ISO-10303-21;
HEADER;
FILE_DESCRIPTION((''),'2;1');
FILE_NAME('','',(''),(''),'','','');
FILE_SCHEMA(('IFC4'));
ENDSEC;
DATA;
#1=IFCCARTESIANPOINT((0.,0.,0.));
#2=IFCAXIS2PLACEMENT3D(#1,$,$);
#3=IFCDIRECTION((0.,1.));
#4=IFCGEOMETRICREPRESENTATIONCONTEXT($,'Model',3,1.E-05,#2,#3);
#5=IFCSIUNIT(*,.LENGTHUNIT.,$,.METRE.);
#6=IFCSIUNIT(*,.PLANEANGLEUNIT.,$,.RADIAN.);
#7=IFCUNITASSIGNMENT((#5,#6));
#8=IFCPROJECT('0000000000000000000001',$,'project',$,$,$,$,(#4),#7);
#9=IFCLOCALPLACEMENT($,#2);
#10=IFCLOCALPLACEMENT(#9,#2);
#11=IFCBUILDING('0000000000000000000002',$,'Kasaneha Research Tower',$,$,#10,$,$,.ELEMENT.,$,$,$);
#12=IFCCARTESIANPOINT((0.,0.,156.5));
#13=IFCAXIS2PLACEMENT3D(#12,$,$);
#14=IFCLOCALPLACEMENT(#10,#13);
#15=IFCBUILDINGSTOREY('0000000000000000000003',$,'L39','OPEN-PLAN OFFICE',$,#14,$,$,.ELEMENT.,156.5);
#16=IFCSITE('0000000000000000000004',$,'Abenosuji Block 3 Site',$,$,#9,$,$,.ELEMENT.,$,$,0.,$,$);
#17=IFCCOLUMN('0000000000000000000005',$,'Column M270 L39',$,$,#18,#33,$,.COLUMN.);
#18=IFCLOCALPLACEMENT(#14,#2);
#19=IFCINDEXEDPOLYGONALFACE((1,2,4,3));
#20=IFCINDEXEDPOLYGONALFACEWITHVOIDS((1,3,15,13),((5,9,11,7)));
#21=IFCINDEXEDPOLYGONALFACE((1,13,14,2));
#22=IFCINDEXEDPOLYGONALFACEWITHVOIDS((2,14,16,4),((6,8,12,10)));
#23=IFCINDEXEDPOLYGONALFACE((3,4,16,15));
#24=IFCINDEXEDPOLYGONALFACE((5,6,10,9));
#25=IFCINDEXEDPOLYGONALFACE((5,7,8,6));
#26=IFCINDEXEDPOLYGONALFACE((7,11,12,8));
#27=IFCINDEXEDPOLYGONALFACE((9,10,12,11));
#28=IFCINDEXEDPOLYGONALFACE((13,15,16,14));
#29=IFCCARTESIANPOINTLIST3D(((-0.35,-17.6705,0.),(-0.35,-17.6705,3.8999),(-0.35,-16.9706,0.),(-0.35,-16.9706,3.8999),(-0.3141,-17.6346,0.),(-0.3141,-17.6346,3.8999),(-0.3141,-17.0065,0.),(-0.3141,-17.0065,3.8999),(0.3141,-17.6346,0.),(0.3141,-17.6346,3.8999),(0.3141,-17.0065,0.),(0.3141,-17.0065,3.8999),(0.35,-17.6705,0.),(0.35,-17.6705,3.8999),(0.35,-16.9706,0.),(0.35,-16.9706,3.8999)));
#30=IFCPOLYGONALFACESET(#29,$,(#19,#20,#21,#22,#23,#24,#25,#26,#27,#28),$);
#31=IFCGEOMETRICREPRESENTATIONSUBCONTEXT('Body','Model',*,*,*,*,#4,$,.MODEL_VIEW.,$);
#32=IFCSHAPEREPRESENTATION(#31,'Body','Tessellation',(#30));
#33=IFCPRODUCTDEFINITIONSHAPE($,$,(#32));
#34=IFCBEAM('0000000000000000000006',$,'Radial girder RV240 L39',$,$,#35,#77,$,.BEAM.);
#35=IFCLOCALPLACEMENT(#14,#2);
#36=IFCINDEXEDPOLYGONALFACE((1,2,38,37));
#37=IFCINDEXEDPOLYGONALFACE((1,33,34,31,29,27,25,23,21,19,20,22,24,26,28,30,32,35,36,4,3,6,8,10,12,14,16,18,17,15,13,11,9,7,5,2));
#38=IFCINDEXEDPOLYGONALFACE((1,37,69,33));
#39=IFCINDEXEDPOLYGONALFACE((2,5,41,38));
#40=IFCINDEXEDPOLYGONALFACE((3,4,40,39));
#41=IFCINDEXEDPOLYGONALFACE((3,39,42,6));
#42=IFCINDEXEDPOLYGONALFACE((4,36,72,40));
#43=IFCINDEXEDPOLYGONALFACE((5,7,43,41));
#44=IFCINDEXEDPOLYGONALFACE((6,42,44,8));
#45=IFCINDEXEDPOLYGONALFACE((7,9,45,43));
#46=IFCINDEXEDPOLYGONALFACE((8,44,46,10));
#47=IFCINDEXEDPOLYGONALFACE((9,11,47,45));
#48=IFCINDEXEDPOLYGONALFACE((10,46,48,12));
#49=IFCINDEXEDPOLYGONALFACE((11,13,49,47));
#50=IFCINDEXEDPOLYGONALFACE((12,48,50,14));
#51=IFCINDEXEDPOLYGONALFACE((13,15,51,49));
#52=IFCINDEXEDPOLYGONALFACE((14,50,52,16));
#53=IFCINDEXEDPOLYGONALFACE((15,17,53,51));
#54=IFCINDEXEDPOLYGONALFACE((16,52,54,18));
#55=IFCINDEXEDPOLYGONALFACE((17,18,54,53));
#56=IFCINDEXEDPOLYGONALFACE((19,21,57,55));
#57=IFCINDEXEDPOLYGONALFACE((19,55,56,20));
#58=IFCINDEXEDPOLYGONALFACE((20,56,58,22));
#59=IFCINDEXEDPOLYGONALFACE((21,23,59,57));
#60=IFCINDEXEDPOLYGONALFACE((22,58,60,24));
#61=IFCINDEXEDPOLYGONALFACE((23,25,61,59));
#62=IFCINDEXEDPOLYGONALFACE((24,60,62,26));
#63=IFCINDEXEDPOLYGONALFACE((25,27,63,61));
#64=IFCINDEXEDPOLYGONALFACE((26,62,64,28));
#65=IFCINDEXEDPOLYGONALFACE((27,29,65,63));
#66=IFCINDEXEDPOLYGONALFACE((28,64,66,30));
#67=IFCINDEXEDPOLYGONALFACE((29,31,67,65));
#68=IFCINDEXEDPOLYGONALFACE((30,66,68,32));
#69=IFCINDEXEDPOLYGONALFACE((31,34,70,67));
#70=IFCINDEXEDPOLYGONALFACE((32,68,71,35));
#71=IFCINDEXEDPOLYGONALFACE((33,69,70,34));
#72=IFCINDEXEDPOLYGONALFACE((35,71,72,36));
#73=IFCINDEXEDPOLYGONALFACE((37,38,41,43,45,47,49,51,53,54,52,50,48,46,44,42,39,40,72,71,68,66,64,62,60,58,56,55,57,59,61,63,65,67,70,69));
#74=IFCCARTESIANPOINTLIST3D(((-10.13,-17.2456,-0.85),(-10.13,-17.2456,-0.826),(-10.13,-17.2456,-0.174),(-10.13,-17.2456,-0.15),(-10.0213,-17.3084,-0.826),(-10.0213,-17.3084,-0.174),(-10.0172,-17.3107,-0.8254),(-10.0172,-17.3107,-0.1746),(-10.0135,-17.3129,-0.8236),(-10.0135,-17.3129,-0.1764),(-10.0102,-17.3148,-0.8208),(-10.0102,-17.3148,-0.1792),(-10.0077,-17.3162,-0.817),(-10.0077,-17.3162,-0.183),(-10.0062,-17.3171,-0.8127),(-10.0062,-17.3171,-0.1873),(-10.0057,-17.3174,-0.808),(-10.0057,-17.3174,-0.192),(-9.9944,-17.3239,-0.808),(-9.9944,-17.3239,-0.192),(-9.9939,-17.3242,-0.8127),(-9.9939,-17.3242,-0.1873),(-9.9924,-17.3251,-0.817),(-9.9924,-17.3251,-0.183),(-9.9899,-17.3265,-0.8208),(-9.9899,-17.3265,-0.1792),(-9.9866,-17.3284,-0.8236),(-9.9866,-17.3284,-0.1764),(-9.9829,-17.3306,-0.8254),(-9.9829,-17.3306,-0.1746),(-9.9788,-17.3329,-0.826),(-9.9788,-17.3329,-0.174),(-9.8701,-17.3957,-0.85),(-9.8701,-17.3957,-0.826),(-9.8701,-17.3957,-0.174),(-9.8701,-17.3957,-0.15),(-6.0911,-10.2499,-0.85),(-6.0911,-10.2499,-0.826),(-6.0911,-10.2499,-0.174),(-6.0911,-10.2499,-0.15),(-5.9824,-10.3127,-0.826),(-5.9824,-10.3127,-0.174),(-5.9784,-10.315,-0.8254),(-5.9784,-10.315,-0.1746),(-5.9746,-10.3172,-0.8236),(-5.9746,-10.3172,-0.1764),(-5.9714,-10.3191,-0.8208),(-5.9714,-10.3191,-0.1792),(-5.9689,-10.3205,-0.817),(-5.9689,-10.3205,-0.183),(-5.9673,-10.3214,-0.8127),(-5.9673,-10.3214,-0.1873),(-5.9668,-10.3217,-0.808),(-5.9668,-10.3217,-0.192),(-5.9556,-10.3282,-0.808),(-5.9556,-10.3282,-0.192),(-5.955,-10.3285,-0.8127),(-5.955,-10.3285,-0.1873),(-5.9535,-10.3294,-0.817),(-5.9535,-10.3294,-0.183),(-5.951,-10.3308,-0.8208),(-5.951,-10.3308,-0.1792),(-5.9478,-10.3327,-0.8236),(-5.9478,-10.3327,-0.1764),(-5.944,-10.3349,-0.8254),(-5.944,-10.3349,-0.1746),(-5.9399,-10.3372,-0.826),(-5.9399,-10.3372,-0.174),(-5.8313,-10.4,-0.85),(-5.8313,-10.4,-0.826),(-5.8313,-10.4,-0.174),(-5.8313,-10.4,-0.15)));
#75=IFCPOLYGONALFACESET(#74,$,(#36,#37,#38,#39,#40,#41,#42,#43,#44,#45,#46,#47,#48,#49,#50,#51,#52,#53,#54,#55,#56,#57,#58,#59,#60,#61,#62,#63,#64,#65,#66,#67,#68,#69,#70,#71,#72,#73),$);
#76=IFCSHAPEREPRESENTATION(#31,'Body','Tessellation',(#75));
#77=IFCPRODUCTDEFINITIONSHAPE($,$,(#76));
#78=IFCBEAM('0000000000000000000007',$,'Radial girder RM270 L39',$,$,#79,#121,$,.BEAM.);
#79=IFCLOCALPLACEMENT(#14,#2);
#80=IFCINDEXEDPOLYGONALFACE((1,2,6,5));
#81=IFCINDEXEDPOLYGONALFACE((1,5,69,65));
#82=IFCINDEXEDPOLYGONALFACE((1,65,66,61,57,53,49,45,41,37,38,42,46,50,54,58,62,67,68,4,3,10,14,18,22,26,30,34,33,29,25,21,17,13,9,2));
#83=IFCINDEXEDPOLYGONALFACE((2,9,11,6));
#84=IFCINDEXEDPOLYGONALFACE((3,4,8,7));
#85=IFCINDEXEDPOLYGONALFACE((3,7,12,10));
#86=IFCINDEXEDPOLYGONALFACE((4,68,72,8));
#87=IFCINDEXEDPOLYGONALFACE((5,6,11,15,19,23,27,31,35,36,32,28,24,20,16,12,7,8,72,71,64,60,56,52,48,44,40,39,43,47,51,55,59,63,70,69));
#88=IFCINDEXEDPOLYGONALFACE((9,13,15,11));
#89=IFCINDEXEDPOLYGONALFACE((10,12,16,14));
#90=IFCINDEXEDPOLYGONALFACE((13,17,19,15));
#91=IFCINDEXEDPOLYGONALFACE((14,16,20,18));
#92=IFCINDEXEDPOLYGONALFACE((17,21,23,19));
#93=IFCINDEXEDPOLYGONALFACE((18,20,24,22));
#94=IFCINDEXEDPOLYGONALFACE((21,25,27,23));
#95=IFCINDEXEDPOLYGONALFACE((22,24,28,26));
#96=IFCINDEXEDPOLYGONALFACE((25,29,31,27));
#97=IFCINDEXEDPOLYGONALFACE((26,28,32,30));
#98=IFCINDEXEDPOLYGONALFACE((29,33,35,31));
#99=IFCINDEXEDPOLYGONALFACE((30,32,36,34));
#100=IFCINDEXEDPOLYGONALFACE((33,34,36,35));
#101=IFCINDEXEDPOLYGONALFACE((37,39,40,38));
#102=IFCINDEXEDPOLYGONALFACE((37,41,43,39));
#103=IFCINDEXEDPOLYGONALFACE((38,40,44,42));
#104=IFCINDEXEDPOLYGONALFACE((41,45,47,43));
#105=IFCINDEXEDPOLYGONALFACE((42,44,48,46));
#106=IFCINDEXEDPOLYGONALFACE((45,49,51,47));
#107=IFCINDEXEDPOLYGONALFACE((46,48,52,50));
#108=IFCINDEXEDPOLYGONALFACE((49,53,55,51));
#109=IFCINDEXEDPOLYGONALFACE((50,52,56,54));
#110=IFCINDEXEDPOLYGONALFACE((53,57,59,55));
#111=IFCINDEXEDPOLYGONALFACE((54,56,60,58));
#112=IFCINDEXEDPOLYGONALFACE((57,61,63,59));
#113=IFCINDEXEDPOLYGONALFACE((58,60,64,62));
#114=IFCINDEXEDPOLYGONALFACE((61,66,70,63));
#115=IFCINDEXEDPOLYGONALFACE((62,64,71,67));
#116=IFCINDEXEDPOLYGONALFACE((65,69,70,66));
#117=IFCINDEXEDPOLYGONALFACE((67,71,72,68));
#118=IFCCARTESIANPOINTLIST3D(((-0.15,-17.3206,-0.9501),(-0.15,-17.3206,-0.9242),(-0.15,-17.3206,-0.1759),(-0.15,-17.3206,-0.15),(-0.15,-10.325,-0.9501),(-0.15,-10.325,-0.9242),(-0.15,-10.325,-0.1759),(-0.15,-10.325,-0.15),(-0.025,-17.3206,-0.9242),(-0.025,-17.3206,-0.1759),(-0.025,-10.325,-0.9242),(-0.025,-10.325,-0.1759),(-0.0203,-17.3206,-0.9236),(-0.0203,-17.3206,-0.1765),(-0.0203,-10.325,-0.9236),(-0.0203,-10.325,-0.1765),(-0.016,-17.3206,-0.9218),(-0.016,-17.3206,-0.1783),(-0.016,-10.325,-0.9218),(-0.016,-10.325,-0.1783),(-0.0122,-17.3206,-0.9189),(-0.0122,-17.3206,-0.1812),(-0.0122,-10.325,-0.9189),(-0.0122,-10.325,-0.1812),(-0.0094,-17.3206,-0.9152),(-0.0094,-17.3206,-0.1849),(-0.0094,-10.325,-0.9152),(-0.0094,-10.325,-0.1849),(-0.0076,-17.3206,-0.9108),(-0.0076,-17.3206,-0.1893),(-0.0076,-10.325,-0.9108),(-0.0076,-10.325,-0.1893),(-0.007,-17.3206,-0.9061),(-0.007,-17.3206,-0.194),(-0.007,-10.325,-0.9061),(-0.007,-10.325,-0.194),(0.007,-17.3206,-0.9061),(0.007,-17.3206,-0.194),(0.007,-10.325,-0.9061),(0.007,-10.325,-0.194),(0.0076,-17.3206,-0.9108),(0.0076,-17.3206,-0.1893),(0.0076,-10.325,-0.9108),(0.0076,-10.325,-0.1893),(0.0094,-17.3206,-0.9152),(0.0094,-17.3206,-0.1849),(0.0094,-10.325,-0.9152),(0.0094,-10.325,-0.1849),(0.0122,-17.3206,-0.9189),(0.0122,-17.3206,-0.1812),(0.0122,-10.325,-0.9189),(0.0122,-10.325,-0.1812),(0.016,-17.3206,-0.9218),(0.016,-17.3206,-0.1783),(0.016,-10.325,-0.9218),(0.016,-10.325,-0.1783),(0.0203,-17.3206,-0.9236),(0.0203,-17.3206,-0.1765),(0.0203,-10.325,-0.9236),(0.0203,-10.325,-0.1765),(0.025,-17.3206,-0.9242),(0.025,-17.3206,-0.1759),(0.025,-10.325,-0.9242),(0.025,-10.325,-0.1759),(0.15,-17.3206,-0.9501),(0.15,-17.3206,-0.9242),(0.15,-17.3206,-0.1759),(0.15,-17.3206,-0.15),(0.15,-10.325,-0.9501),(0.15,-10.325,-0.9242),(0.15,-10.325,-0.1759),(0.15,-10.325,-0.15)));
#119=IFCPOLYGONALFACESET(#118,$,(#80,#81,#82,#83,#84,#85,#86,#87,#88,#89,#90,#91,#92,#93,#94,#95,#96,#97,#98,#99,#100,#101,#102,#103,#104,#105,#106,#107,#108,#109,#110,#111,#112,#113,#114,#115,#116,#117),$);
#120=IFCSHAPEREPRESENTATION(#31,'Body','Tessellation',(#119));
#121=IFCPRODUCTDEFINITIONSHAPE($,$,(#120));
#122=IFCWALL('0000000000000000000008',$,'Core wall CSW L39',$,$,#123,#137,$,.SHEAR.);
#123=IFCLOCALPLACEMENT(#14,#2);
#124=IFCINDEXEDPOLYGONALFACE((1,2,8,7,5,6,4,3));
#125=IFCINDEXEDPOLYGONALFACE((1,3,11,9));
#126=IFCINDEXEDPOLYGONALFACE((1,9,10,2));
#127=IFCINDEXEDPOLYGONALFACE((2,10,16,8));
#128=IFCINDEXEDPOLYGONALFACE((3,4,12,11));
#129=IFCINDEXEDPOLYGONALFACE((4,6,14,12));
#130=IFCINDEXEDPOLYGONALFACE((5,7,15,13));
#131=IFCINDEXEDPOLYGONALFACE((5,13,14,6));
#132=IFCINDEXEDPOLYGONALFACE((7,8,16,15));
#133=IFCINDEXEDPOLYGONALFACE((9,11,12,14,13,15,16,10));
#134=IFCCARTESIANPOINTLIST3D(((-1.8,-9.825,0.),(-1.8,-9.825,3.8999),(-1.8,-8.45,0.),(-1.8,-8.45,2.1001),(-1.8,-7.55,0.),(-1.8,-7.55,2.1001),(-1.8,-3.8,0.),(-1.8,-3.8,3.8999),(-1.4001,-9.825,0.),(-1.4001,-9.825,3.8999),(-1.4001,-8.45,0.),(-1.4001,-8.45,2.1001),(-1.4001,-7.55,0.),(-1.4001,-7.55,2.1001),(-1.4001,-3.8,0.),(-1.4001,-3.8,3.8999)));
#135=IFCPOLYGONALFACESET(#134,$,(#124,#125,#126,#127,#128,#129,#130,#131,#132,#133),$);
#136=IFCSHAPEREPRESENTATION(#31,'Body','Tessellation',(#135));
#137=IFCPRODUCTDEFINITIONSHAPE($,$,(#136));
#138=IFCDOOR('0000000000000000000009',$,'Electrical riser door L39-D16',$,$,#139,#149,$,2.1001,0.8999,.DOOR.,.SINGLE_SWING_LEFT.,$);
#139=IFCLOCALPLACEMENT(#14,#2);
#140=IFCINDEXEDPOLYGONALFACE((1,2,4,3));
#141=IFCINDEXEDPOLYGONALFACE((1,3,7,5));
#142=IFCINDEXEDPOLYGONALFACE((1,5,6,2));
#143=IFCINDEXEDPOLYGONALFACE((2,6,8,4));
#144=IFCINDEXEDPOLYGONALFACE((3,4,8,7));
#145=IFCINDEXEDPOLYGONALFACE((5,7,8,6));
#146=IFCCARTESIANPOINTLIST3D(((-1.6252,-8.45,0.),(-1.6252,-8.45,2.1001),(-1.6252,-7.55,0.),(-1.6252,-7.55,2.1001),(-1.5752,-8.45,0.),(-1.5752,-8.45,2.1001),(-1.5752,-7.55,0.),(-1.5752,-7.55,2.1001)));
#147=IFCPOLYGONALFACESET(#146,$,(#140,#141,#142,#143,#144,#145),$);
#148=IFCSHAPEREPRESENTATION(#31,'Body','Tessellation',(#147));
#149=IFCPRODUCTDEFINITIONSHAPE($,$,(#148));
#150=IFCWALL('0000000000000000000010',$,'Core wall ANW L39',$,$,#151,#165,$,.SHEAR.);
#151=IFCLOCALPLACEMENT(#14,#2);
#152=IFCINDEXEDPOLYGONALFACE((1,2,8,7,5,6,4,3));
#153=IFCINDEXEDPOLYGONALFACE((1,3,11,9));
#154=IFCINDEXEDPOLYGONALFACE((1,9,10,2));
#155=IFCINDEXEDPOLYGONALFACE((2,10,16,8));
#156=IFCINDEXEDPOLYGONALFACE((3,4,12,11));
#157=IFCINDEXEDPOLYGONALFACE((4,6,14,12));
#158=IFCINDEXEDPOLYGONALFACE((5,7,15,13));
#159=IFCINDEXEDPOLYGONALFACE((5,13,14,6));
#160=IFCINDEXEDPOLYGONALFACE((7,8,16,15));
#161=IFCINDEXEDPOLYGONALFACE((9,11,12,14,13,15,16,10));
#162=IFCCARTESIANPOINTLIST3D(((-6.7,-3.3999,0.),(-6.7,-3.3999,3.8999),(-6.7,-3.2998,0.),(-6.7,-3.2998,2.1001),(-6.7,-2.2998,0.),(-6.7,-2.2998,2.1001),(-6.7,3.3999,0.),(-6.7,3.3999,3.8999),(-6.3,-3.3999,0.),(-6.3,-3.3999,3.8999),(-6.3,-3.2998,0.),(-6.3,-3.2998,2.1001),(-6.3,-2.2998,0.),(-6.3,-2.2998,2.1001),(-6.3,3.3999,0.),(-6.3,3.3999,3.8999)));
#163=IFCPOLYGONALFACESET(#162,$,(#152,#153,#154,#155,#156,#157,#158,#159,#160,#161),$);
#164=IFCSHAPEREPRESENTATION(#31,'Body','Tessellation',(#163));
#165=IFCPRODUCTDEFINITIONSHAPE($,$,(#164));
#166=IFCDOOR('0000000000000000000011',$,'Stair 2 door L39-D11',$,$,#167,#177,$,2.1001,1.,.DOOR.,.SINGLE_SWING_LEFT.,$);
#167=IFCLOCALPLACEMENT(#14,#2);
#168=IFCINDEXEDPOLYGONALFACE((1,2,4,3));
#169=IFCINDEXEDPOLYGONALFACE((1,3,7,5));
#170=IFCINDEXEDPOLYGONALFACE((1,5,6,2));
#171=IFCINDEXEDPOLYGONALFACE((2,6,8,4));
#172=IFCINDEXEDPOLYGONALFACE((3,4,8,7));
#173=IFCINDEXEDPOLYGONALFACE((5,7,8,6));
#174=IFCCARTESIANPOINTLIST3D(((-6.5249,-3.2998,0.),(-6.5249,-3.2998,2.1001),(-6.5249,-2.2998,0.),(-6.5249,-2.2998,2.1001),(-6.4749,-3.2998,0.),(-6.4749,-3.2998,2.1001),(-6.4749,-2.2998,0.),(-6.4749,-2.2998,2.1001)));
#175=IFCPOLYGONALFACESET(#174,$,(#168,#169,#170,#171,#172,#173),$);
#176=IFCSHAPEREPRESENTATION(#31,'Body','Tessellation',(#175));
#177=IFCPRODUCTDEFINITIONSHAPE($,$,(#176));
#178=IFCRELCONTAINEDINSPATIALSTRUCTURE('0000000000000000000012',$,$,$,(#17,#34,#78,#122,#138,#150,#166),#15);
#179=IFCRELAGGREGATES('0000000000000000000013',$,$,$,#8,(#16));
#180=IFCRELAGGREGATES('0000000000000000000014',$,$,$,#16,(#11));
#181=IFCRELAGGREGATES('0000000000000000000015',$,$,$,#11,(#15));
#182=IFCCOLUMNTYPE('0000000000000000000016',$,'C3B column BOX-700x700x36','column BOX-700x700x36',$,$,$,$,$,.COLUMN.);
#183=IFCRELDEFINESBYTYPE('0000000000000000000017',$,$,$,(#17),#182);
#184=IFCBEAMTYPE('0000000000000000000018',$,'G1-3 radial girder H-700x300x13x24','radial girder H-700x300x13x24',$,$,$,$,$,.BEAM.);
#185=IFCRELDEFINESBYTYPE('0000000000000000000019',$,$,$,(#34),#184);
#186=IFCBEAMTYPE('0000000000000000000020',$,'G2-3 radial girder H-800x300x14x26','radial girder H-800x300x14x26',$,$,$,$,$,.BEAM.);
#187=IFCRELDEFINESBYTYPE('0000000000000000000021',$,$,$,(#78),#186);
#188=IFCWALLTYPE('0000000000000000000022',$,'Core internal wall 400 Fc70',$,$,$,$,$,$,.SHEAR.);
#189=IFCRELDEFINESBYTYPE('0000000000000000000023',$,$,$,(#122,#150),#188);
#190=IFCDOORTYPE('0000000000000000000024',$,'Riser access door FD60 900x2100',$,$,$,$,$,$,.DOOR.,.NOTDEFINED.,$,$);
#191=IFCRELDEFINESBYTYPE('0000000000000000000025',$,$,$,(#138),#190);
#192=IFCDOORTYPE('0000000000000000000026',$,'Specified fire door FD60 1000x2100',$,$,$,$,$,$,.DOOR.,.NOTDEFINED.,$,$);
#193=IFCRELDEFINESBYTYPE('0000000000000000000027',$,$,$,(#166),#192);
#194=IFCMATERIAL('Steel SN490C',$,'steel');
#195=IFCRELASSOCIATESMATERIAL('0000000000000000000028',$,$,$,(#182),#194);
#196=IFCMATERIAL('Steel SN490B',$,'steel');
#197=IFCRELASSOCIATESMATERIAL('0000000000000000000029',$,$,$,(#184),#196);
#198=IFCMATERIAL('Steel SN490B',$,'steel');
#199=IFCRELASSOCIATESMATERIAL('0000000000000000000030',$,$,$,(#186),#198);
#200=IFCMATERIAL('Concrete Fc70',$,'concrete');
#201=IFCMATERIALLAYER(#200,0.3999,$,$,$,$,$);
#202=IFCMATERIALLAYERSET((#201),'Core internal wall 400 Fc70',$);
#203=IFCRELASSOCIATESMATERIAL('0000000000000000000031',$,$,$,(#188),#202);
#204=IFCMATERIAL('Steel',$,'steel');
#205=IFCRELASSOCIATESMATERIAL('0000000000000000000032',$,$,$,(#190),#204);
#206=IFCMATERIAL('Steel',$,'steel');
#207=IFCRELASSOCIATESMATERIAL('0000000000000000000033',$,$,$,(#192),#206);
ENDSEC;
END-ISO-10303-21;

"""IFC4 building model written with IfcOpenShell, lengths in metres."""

from ifc_helpers import new_model, si_unit, direction, frame, frame_2d, origin, origin_2d, place, context, subcontext, project, spatial, rectangle, hollow_rectangle, i_section, extrude, material, layer, layer_set, material_profile, profile_set, type_object, element, fill, save


model = new_model("IFC4")

# Units and contexts
model_context = context("Model", 3, precision=1e-05, world=origin(), true_north=direction((0.0, 1.0)))
body_context = subcontext(model_context, "Body", "Model", "MODEL_VIEW")
ifc_project = project(units=[si_unit("LENGTHUNIT", "METRE"), si_unit("PLANEANGLEUNIT", "RADIAN")], contexts=[model_context])

# Site, building, storey
site_placement = place(None, origin())
site = spatial("IfcSite", under=ifc_project, at=site_placement, Name="Abenosuji Block 3 Site", CompositionType="ELEMENT", RefElevation=0.0)
building_placement = place(site_placement, origin())
building = spatial("IfcBuilding", under=site, at=building_placement, Name="Kasaneha Research Tower", CompositionType="ELEMENT")
storey_placement = place(building_placement, frame((0.0, 0.0, 156.5)))
storey = spatial("IfcBuildingStorey", under=building, at=storey_placement, Name="L39", Description="OPEN-PLAN OFFICE", CompositionType="ELEMENT", Elevation=156.5)

# Column
ifc_material_1 = material(Name="Steel SN490C", Category="steel")
ifc_material_profile_1 = material_profile(ifc_material_1, hollow_rectangle(XDim=0.7, YDim=0.7, WallThickness=0.0359, at=origin_2d()), Name="BOX-700x700x36")
ifc_profile_set_1 = profile_set([ifc_material_profile_1], Name="Steel SN490C")
column_type = type_object("IfcColumnType", Name="C3B column BOX-700x700x36", Description="column BOX-700x700x36", PredefinedType="COLUMN", material=ifc_profile_set_1)
column_placement = place(storey_placement, frame((0.0, -17.3206, 0.0), z_axis=(0.0, 0.0, 1.0), x_axis=(1.0, 0.0, 0.0)))
element("IfcColumn", 1, at=column_placement, inside=storey, type_object=column_type, Name="Column M270 L39", PredefinedType="COLUMN", context=body_context, shape_type="SweptSolid", body=[
    extrude(hollow_rectangle(XDim=0.7, YDim=0.7, WallThickness=0.0359, at=origin_2d()), origin(), (0.0, 0.0, 1.0), 3.8999),
])

# Beams
ifc_material_2 = material(Name="Steel SN490B", Category="steel")
ifc_material_profile_2 = material_profile(ifc_material_2, i_section(OverallWidth=0.3, OverallDepth=0.7, WebThickness=0.0129, FlangeThickness=0.0239, FilletRadius=0.0181, at=origin_2d()), Name="H-700x300x13x24")
ifc_profile_set_2 = profile_set([ifc_material_profile_2], Name="Steel SN490B")
beam_type_1 = type_object("IfcBeamType", Name="G1-3 radial girder H-700x300x13x24", Description="radial girder H-700x300x13x24", PredefinedType="BEAM", material=ifc_profile_set_2)
beam_1_placement = place(storey_placement, frame((-5.9612, -10.325, -0.5), z_axis=(-0.499991, -0.866031, 0.0), x_axis=(0.866031, -0.499991, 0.0)))
element("IfcBeam", 2, at=beam_1_placement, inside=storey, type_object=beam_type_1, Name="Radial girder RV240 L39", PredefinedType="BEAM", context=body_context, shape_type="SweptSolid", body=[
    extrude(i_section(OverallWidth=0.3, OverallDepth=0.7, WebThickness=0.0129, FlangeThickness=0.0239, FilletRadius=0.0181, at=origin_2d()), origin(), (0.0, 0.0, 1.0), 8.0779),
])
ifc_material_3 = material(Name="Steel SN490B", Category="steel")
ifc_material_profile_3 = material_profile(ifc_material_3, i_section(OverallWidth=0.3, OverallDepth=0.8, WebThickness=0.0139, FlangeThickness=0.0259, FilletRadius=0.0181, at=origin_2d()), Name="H-800x300x14x26")
ifc_profile_set_3 = profile_set([ifc_material_profile_3], Name="Steel SN490B")
beam_type_2 = type_object("IfcBeamType", Name="G2-3 radial girder H-800x300x14x26", Description="radial girder H-800x300x14x26", PredefinedType="BEAM", material=ifc_profile_set_3)
beam_2_placement = place(storey_placement, frame((0.0, -10.325, -0.55), z_axis=(0.0, -1.0, 0.0), x_axis=(1.0, 0.0, 0.0)))
element("IfcBeam", 3, at=beam_2_placement, inside=storey, type_object=beam_type_2, Name="Radial girder RM270 L39", PredefinedType="BEAM", context=body_context, shape_type="SweptSolid", body=[
    extrude(i_section(OverallWidth=0.3, OverallDepth=0.8, WebThickness=0.0139, FlangeThickness=0.0259, FilletRadius=0.0181, at=origin_2d()), origin(), (0.0, 0.0, 1.0), 6.9956),
])

# Walls, openings, doors
ifc_material_4 = material(Name="Concrete Fc70", Category="concrete")
ifc_layer_1 = layer(ifc_material_4, 0.3999)
ifc_layer_set_1 = layer_set([ifc_layer_1], Name="Core internal wall 400 Fc70")
wall_type_1 = type_object("IfcWallType", Name="Core internal wall 400 Fc70", PredefinedType="SHEAR", material=ifc_layer_set_1)
wall_1_placement = place(storey_placement, frame((-1.6001, -3.8, 0.0), z_axis=(0.0, 0.0, 1.0), x_axis=(0.0, -1.0, 0.0)))
wall_1 = element("IfcWall", 4, at=wall_1_placement, inside=storey, type_object=wall_type_1, Name="Core wall CSW L39", PredefinedType="SHEAR", context=body_context, shape_type="SweptSolid", body=[
    extrude(rectangle(XDim=6.0249, YDim=0.3999, at=frame_2d((3.0125, 0.0))), origin(), (0.0, 0.0, 1.0), 3.8999),
])
opening_1_placement = place(wall_1_placement, frame((3.75, 0.0, 0.0)))
opening_1 = element("IfcOpeningElement", 5, at=opening_1_placement, cuts=wall_1, PredefinedType="OPENING", context=body_context, shape_type="SweptSolid", body=[
    extrude(rectangle(XDim=0.8999, YDim=2.1001, at=frame_2d((0.45, 1.05))), frame((0.0, 0.21, 0.0), z_axis=(0.0, -1.0, 0.0), x_axis=(1.0, 0.0, 0.0)), (0.0, 0.0, 1.0), 0.4199),
])
ifc_material_5 = material(Name="Steel", Category="steel")
door_type_1 = type_object("IfcDoorType", Name="Riser access door FD60 900x2100", OperationType="NOTDEFINED", PredefinedType="DOOR", material=ifc_material_5)
door_1_placement = place(opening_1_placement, origin())
door_1 = element("IfcDoor", 6, at=door_1_placement, inside=storey, type_object=door_type_1, Name="Electrical riser door L39-D16", OperationType="SINGLE_SWING_LEFT", OverallHeight=2.1001, OverallWidth=0.8999, PredefinedType="DOOR", context=body_context, shape_type="SweptSolid", body=[
    extrude(rectangle(XDim=0.8999, YDim=2.1001, at=frame_2d((0.45, 1.05))), frame((0.0, 0.0249, 0.0), z_axis=(0.0, -1.0, 0.0), x_axis=(1.0, 0.0, 0.0)), (0.0, 0.0, 1.0), 0.05),
])
fill(opening_1, door_1)
wall_2_placement = place(storey_placement, frame((-6.5, -3.3999, 0.0), z_axis=(0.0, 0.0, 1.0), x_axis=(0.0, 1.0, 0.0)))
wall_2 = element("IfcWall", 7, at=wall_2_placement, inside=storey, type_object=wall_type_1, Name="Core wall ANW L39", PredefinedType="SHEAR", context=body_context, shape_type="SweptSolid", body=[
    extrude(rectangle(XDim=6.7998, YDim=0.3999, at=frame_2d((3.3999, 0.0))), origin(), (0.0, 0.0, 1.0), 3.8999),
])
opening_2_placement = place(wall_2_placement, frame((0.1001, 0.0, 0.0)))
opening_2 = element("IfcOpeningElement", 8, at=opening_2_placement, cuts=wall_2, PredefinedType="OPENING", context=body_context, shape_type="SweptSolid", body=[
    extrude(rectangle(XDim=1.0, YDim=2.1001, at=frame_2d((0.5, 1.05))), frame((0.0, 0.21, 0.0), z_axis=(0.0, -1.0, 0.0), x_axis=(1.0, 0.0, 0.0)), (0.0, 0.0, 1.0), 0.4199),
])
ifc_material_6 = material(Name="Steel", Category="steel")
door_type_2 = type_object("IfcDoorType", Name="Specified fire door FD60 1000x2100", OperationType="NOTDEFINED", PredefinedType="DOOR", material=ifc_material_6)
door_2_placement = place(opening_2_placement, origin())
door_2 = element("IfcDoor", 9, at=door_2_placement, inside=storey, type_object=door_type_2, Name="Stair 2 door L39-D11", OperationType="SINGLE_SWING_LEFT", OverallHeight=2.1001, OverallWidth=1.0, PredefinedType="DOOR", context=body_context, shape_type="SweptSolid", body=[
    extrude(rectangle(XDim=1.0, YDim=2.1001, at=frame_2d((0.5, 1.05))), frame((0.0, 0.0249, 0.0), z_axis=(0.0, -1.0, 0.0), x_axis=(1.0, 0.0, 0.0)), (0.0, 0.0, 1.0), 0.05),
])
fill(opening_2, door_2)

save(model, "model.ifc")
